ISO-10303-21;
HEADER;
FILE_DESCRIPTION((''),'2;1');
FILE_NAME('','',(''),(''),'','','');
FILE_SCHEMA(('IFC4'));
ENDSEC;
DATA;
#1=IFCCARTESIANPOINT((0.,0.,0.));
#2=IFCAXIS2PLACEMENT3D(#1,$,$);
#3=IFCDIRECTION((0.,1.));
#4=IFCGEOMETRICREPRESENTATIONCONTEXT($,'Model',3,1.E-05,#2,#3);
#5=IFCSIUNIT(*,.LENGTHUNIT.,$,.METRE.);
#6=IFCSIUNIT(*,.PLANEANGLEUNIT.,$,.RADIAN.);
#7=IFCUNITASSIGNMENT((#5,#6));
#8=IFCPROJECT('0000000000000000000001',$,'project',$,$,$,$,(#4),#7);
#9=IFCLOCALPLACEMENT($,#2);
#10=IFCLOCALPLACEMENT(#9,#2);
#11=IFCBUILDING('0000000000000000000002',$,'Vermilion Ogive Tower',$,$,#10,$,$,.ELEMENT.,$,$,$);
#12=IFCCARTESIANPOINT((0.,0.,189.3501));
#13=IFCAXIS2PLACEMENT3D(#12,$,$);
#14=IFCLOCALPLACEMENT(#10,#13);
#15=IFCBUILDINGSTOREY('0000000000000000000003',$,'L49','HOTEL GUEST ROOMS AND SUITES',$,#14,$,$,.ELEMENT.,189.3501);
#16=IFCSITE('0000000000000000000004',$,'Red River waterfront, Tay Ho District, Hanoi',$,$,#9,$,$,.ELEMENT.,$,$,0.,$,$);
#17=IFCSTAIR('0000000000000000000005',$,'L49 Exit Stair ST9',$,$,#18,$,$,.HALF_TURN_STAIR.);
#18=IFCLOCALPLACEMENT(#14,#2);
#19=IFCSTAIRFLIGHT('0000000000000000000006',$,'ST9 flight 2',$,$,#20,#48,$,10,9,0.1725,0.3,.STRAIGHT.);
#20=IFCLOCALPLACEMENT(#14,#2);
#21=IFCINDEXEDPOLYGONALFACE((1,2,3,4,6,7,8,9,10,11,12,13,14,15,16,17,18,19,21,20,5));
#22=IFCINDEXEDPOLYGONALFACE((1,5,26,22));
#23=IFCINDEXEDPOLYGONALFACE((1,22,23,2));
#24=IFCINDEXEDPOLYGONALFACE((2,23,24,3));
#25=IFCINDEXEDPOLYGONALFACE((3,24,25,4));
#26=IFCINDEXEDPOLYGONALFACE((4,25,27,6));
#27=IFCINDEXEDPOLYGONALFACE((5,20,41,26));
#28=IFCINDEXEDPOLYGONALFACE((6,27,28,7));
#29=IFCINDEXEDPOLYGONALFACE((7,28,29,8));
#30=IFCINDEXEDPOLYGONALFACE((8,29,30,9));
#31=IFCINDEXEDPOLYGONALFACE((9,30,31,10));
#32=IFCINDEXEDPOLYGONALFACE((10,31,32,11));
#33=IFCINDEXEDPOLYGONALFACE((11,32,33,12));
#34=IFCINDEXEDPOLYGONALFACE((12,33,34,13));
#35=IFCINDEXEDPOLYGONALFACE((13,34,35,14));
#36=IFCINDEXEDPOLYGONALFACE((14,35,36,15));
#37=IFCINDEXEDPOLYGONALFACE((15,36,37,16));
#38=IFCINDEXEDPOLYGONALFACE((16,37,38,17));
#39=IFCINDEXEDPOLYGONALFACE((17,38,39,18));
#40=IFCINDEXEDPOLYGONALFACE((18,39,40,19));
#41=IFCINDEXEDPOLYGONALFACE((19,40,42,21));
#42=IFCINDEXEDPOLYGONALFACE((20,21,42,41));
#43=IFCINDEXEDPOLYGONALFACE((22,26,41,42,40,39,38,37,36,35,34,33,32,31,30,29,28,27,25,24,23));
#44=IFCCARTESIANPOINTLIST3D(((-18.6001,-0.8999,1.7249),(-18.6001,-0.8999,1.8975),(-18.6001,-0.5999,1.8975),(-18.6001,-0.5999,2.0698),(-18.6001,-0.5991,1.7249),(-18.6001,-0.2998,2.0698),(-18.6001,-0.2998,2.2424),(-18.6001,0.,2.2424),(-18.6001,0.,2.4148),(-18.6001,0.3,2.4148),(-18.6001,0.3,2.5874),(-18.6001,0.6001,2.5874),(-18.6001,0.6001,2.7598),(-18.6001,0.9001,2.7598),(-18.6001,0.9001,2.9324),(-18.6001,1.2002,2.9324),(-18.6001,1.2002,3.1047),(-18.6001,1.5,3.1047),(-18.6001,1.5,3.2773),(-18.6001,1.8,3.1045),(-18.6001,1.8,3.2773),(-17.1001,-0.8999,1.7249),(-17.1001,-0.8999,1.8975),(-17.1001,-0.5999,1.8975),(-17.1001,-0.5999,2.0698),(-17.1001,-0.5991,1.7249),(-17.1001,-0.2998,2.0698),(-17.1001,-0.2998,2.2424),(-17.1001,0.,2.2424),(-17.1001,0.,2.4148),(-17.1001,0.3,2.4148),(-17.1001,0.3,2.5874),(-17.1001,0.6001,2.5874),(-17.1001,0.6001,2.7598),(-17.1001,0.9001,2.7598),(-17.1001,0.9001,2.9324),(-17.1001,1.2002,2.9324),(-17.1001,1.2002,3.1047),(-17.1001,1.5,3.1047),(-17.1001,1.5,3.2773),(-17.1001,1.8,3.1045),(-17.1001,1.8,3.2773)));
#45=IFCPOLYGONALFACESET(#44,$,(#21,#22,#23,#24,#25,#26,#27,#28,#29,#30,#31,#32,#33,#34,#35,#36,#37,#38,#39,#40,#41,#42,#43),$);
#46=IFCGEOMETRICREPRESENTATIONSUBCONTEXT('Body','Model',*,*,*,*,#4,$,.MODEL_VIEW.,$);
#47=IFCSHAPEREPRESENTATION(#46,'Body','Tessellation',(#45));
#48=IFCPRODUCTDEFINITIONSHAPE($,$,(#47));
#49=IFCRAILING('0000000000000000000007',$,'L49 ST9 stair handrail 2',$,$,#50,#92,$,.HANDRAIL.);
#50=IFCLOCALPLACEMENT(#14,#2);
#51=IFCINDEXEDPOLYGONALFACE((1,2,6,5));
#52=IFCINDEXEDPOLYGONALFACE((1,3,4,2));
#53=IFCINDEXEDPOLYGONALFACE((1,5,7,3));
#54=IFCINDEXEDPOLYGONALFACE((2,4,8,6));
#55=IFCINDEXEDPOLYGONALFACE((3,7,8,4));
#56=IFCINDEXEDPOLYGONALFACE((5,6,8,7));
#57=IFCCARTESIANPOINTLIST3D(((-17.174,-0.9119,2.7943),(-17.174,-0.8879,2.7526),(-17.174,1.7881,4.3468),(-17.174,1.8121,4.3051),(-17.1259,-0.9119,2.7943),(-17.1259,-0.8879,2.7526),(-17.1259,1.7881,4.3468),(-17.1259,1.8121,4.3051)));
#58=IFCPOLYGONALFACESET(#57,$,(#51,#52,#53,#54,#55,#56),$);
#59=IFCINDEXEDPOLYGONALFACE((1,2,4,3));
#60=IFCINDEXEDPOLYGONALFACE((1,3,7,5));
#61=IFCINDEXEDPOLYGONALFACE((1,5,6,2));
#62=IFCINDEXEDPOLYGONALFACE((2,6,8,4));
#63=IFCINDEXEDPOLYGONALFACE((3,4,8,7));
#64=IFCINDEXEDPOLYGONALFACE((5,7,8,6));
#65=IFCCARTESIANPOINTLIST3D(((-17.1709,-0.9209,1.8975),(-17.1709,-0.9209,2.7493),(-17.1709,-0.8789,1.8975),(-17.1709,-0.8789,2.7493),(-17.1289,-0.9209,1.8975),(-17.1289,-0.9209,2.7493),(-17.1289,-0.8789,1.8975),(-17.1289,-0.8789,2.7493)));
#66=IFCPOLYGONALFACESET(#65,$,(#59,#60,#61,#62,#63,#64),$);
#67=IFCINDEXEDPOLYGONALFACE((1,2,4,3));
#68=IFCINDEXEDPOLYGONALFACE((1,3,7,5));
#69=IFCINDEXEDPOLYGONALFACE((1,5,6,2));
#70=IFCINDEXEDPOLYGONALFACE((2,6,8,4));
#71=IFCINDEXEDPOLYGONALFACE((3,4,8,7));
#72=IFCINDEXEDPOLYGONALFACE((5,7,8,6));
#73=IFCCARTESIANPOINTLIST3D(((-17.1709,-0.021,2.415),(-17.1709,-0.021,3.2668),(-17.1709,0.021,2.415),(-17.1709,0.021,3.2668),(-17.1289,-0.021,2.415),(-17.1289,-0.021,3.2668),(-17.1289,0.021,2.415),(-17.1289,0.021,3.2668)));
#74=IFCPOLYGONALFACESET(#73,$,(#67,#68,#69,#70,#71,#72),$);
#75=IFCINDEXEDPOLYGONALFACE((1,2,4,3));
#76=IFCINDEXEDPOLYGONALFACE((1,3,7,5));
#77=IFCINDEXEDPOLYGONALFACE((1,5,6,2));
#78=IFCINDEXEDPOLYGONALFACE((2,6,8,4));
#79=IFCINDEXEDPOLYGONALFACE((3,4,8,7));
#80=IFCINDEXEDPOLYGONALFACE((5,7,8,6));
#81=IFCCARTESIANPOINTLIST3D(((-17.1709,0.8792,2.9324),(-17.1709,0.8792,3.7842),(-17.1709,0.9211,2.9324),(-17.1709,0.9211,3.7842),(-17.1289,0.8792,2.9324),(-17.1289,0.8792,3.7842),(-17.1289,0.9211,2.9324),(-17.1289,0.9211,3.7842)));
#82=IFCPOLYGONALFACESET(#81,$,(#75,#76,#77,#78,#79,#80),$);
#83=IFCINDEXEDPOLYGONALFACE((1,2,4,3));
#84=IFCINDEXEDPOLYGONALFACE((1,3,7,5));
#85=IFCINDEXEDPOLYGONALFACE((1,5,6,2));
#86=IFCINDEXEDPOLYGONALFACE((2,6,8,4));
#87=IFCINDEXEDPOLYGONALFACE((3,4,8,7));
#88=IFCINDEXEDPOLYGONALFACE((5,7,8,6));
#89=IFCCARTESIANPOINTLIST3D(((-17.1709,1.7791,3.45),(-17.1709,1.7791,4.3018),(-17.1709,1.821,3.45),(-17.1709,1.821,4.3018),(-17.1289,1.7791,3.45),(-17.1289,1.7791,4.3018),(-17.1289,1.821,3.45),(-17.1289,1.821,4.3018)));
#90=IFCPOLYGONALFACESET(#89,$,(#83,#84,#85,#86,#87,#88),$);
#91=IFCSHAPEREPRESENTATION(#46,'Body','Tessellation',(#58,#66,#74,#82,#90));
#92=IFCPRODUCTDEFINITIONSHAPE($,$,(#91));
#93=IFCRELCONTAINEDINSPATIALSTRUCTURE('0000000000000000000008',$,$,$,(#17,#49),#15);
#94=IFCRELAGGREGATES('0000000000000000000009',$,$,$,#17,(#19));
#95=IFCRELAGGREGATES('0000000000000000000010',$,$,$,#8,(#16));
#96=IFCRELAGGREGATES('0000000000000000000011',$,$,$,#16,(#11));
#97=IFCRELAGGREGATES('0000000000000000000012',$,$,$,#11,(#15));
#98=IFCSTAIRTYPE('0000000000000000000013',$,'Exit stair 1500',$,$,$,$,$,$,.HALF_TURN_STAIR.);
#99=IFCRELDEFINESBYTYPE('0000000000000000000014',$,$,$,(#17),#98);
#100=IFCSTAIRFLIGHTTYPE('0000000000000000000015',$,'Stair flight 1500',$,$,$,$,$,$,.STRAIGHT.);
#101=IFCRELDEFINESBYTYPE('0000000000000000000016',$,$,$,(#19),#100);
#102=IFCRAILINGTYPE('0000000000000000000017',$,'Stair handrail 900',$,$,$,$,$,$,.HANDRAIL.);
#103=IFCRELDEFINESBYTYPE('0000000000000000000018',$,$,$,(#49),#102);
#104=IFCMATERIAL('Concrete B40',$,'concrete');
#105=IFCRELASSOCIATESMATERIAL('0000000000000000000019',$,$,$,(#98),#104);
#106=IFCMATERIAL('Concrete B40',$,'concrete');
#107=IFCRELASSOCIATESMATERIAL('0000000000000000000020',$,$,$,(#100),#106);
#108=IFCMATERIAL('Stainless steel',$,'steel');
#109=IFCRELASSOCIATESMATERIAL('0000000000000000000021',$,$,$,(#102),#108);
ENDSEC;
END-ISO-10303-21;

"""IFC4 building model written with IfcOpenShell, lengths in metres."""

from ifc_helpers import new_model, si_unit, direction, frame, origin, origin_2d, place, context, subcontext, project, spatial, polyline, rectangle, outline, extrude, material, type_object, element, aggregate, save


model = new_model("IFC4")

# Units and contexts
model_context = context("Model", 3, precision=1e-05, world=origin(), true_north=direction((0.0, 1.0)))
body_context = subcontext(model_context, "Body", "Model", "MODEL_VIEW")
ifc_project = project(units=[si_unit("LENGTHUNIT", "METRE"), si_unit("PLANEANGLEUNIT", "RADIAN")], contexts=[model_context])

# Site, building, storey
site_placement = place(None, origin())
site = spatial("IfcSite", under=ifc_project, at=site_placement, Name="Red River waterfront, Tay Ho District, Hanoi", CompositionType="ELEMENT", RefElevation=0.0)
building_placement = place(site_placement, origin())
building = spatial("IfcBuilding", under=site, at=building_placement, Name="Vermilion Ogive Tower", CompositionType="ELEMENT")
storey_placement = place(building_placement, frame((0.0, 0.0, 189.3501)))
storey = spatial("IfcBuildingStorey", under=building, at=storey_placement, Name="L49", Description="HOTEL GUEST ROOMS AND SUITES", CompositionType="ELEMENT", Elevation=189.3501)

# Stair, stair flight
ifc_material_1 = material(Name="Concrete B40", Category="concrete")
stair_type = type_object("IfcStairType", Name="Exit stair 1500", PredefinedType="HALF_TURN_STAIR", material=ifc_material_1)
stair_placement = place(storey_placement, origin())
stair = element("IfcStair", 1, at=stair_placement, inside=storey, type_object=stair_type, Name="L49 Exit Stair ST9", PredefinedType="HALF_TURN_STAIR")
ifc_material_2 = material(Name="Concrete B40", Category="concrete")
stair_flight_type = type_object("IfcStairFlightType", Name="Stair flight 1500", PredefinedType="STRAIGHT", material=ifc_material_2)
stair_flight_placement = place(storey_placement, frame((-17.8501, -0.8999, 1.7249), z_axis=(0.0, 0.0, 1.0), x_axis=(0.0, 1.0, 0.0)))
stair_flight = element("IfcStairFlight", 2, at=stair_flight_placement, type_object=stair_flight_type, Name="ST9 flight 2", NumberOfRisers=10, NumberOfTreads=9, PredefinedType="STRAIGHT", RiserHeight=0.1725, TreadLength=0.3, context=body_context, shape_type="SweptSolid", body=[
    extrude(outline(polyline([(0.0, 0.0), (0.0, 0.1726), (0.3, 0.1726), (0.3, 0.345), (0.6001, 0.345), (0.6001, 0.5176), (0.8999, 0.5176), (0.8999, 0.6899), (1.2, 0.6899), (1.2, 0.8625), (1.5, 0.8625), (1.5, 1.0349), (1.8, 1.0349), (1.8, 1.2075), (2.1001, 1.2075), (2.1001, 1.3799), (2.3999, 1.3799), (2.3999, 1.5525), (2.7, 1.5525), (2.7, 1.7251), (2.7, 1.3796), (0.3008, 0.0), (0.0, 0.0)])), frame((0.0, 0.75, 0.0), z_axis=(0.0, -1.0, 0.0), x_axis=(1.0, 0.0, 0.0)), (0.0, 0.0, 1.0), 1.5),
])
aggregate(stair, [stair_flight])

# Railing
ifc_material_3 = material(Name="Stainless steel", Category="steel")
railing_type = type_object("IfcRailingType", Name="Stair handrail 900", PredefinedType="HANDRAIL", material=ifc_material_3)
railing_placement = place(storey_placement, frame((-17.1499, -0.8999, 1.8975)))
element("IfcRailing", 3, at=railing_placement, inside=storey, type_object=railing_type, Name="L49 ST9 stair handrail 2", PredefinedType="HANDRAIL", context=body_context, shape_type="SweptSolid", body=[
    extrude(rectangle(XDim=0.0481, YDim=0.0481, at=origin_2d()), frame((0.0, 0.0, 0.876), z_axis=(0.0, 0.866904, 0.498476), x_axis=(-1.0, 0.0, 0.0)), (0.0, 0.0, 1.0), 3.1145),
    extrude(rectangle(XDim=0.042, YDim=0.042, at=origin_2d()), origin(), (0.0, 0.0, 1.0), 0.8518),
    extrude(rectangle(XDim=0.042, YDim=0.042, at=origin_2d()), frame((0.0, 0.8999, 0.5176)), (0.0, 0.0, 1.0), 0.8518),
    extrude(rectangle(XDim=0.042, YDim=0.042, at=origin_2d()), frame((0.0, 1.8, 1.0349)), (0.0, 0.0, 1.0), 0.8518),
    extrude(rectangle(XDim=0.042, YDim=0.042, at=origin_2d()), frame((0.0, 2.7, 1.5525)), (0.0, 0.0, 1.0), 0.8518),
])

save(model, "model.ifc")
